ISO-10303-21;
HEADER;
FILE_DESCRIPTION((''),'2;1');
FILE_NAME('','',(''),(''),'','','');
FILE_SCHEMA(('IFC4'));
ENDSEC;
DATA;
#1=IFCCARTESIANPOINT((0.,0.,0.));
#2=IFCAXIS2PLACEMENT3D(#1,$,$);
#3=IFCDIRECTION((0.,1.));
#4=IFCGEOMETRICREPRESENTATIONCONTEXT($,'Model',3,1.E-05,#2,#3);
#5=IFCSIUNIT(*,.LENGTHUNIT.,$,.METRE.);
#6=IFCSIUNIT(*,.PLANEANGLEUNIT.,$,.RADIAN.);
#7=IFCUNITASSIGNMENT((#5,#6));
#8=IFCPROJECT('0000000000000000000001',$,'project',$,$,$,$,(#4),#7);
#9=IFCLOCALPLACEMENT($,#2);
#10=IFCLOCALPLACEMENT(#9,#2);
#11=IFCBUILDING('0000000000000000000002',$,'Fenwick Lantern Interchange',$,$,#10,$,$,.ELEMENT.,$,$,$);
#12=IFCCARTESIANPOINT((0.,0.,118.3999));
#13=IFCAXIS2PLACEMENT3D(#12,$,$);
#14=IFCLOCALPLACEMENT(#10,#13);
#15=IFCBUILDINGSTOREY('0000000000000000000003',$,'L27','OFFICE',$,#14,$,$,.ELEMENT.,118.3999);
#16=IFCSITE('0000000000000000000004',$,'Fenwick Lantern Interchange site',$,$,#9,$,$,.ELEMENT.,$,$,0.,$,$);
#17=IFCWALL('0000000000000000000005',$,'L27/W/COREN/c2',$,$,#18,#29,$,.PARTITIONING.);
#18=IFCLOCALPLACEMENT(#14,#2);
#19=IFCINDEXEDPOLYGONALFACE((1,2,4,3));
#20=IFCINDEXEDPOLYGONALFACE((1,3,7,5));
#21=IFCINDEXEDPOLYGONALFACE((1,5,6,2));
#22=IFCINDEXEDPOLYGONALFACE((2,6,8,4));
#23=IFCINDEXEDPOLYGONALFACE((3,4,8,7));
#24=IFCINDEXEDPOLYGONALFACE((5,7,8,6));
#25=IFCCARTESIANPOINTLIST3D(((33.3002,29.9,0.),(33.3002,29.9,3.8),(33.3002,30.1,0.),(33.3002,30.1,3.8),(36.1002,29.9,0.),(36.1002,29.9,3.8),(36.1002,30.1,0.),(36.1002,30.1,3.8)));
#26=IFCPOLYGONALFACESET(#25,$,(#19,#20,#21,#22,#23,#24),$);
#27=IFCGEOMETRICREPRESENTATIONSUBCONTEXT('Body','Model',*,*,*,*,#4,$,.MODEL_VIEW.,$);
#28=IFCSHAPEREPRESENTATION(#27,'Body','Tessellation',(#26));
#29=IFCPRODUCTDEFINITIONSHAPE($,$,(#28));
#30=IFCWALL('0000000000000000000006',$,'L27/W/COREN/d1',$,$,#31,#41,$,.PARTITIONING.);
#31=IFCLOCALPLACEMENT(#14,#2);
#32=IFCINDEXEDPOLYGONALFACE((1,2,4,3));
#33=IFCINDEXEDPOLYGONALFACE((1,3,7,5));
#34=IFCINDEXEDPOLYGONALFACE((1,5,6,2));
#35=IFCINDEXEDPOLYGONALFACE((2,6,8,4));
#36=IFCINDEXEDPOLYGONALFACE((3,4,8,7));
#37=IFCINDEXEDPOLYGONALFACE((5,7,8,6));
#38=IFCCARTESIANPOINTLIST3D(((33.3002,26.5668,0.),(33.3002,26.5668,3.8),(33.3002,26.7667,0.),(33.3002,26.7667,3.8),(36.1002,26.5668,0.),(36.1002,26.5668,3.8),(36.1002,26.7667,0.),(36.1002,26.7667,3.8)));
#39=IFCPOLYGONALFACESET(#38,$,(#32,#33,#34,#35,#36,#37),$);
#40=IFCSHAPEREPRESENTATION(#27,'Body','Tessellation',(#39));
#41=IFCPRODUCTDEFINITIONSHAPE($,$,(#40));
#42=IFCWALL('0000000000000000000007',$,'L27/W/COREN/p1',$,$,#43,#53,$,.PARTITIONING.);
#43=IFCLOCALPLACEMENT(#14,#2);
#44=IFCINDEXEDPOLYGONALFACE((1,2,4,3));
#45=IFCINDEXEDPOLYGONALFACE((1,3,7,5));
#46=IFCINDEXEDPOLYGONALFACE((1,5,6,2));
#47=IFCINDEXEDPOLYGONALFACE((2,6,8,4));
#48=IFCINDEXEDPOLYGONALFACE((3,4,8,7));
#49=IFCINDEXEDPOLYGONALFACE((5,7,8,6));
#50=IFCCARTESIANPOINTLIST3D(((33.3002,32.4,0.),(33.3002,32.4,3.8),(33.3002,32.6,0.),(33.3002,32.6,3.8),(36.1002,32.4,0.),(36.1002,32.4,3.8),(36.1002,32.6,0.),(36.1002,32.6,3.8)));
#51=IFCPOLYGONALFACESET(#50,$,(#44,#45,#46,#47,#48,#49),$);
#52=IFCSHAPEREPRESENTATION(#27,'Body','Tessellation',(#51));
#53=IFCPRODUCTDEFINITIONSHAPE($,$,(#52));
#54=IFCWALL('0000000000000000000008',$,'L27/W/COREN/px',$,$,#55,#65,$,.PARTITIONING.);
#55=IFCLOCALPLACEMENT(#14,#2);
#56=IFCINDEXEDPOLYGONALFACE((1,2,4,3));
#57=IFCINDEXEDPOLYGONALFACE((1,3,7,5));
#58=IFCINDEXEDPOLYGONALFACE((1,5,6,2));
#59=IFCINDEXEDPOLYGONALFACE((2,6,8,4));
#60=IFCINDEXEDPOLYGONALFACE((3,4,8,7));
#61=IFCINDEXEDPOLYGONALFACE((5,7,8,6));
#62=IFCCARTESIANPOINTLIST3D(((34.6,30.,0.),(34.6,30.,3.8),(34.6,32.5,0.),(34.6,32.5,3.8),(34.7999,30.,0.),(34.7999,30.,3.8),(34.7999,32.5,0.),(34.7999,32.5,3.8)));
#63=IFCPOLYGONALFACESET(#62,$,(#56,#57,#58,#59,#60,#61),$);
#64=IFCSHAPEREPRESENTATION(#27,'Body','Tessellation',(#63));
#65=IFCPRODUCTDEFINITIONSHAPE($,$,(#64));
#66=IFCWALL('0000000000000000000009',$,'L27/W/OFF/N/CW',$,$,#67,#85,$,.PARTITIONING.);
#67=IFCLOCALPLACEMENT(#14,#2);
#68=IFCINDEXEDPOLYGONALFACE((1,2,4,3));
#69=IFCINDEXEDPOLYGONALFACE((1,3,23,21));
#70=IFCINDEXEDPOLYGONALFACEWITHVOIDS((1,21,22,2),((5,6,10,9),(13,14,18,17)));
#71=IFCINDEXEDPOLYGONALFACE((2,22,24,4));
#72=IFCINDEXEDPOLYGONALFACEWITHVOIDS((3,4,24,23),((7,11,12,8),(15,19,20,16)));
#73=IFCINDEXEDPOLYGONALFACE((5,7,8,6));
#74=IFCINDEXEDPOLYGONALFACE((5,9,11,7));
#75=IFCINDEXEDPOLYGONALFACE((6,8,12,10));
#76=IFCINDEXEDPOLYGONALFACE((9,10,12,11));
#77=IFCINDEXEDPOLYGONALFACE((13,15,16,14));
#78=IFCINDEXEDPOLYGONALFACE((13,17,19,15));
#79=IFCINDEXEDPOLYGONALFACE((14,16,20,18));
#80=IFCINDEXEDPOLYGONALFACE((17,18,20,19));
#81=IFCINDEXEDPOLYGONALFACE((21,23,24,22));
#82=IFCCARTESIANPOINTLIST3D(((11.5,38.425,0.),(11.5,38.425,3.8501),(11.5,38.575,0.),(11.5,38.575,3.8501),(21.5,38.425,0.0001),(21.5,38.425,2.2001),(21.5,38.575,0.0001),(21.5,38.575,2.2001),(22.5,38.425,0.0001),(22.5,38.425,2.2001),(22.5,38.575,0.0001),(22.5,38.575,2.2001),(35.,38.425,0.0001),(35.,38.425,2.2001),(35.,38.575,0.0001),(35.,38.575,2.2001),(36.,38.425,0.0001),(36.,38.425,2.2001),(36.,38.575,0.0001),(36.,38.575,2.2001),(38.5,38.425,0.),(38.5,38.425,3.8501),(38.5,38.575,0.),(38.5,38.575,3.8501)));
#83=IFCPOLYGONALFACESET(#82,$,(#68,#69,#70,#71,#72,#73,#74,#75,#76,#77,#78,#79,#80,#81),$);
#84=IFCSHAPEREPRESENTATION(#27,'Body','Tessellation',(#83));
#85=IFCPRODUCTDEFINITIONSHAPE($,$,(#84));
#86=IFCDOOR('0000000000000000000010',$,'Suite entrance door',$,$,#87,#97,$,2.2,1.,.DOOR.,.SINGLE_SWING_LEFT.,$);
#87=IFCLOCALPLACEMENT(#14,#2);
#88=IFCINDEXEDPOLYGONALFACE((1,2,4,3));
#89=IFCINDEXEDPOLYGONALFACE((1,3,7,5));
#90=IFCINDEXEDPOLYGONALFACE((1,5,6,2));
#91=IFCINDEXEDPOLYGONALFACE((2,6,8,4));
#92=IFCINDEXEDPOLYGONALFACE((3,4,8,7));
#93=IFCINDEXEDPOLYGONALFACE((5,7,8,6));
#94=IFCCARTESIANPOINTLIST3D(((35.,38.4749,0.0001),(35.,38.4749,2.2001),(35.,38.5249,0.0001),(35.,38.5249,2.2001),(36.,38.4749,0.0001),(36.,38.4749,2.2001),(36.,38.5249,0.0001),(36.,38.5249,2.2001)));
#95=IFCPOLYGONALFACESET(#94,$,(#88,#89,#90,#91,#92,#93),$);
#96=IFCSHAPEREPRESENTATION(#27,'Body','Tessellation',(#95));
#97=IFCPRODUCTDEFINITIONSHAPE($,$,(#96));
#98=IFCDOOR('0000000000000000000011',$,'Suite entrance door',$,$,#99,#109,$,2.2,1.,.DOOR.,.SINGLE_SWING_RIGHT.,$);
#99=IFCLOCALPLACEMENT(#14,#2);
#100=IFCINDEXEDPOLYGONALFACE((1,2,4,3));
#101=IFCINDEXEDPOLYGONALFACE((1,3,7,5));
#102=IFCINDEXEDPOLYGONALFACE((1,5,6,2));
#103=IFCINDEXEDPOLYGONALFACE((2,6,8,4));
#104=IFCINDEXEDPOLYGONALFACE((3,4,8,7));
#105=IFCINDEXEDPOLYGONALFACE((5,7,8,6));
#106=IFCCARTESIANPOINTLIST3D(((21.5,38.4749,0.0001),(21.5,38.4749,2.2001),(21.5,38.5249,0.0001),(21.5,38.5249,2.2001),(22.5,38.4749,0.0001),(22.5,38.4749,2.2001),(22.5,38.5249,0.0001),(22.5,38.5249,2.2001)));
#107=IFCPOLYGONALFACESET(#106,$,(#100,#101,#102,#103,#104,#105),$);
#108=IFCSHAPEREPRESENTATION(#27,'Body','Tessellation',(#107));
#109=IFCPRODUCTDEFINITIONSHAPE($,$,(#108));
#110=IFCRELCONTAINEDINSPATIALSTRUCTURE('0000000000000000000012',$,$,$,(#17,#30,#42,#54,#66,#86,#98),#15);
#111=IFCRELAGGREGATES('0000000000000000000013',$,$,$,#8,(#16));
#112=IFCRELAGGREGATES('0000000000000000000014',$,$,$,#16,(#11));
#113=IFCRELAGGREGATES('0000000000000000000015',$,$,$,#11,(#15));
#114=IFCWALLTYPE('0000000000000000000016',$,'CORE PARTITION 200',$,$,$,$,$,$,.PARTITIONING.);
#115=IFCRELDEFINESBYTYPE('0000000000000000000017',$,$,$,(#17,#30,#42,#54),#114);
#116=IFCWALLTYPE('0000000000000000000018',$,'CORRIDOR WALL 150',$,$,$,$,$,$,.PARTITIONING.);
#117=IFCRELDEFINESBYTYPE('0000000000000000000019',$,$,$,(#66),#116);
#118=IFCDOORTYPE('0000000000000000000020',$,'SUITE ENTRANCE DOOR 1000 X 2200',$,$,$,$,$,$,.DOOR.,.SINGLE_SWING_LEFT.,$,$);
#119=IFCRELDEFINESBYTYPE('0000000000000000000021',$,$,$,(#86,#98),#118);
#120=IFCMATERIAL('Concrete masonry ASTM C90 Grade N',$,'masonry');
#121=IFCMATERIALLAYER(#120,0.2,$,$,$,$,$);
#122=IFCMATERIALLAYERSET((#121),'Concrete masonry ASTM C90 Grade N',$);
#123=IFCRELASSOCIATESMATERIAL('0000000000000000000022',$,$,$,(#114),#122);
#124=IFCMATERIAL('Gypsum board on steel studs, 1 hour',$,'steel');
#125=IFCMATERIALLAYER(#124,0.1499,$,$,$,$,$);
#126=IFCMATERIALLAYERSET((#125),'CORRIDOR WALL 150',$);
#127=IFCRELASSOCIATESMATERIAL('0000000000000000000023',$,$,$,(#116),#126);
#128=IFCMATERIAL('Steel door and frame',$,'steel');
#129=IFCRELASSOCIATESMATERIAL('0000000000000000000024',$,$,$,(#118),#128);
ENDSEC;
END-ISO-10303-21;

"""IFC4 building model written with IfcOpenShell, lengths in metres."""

from ifc_helpers import new_model, si_unit, direction, frame, frame_2d, origin, place, context, subcontext, project, spatial, rectangle, extrude, material, layer, layer_set, type_object, element, fill, save


model = new_model("IFC4")

# Units and contexts
model_context = context("Model", 3, precision=1e-05, world=origin(), true_north=direction((0.0, 1.0)))
body_context = subcontext(model_context, "Body", "Model", "MODEL_VIEW")
ifc_project = project(units=[si_unit("LENGTHUNIT", "METRE"), si_unit("PLANEANGLEUNIT", "RADIAN")], contexts=[model_context])

# Site, building, storey
site_placement = place(None, origin())
site = spatial("IfcSite", under=ifc_project, at=site_placement, Name="Fenwick Lantern Interchange site", CompositionType="ELEMENT", RefElevation=0.0)
building_placement = place(site_placement, origin())
building = spatial("IfcBuilding", under=site, at=building_placement, Name="Fenwick Lantern Interchange", CompositionType="ELEMENT")
storey_placement = place(building_placement, frame((0.0, 0.0, 118.3999)))
storey = spatial("IfcBuildingStorey", under=building, at=storey_placement, Name="L27", Description="OFFICE", CompositionType="ELEMENT", Elevation=118.3999)

# Shared definitions
ifc_material_1 = material(Name="Concrete masonry ASTM C90 Grade N", Category="masonry")
ifc_layer_1 = layer(ifc_material_1, 0.2)
ifc_layer_set_1 = layer_set([ifc_layer_1], Name="Concrete masonry ASTM C90 Grade N")
wall_type_1 = type_object("IfcWallType", Name="CORE PARTITION 200", PredefinedType="PARTITIONING", material=ifc_layer_set_1)
ifc_material_2 = material(Name="Steel door and frame", Category="steel")

# Walls
for number, where, z_axis, x_axis, name in (
    (1, (36.1001, 30.0, 0.0), (0.0, 0.0, 1.0), (-1.0, 0.0, 0.0), "L27/W/COREN/c2"),
    (2, (36.1001, 26.6667, 0.0), (0.0, 0.0, 1.0), (-1.0, 0.0, 0.0), "L27/W/COREN/d1"),
    (3, (36.1001, 32.5, 0.0), (0.0, 0.0, 1.0), (-1.0, 0.0, 0.0), "L27/W/COREN/p1"),
):
    element("IfcWall", number, at=place(storey_placement, frame(where, z_axis=z_axis, x_axis=x_axis)), inside=storey, type_object=wall_type_1, Name=name, PredefinedType="PARTITIONING", context=body_context, shape_type="SweptSolid", body=[
        extrude(rectangle(XDim=2.8, YDim=0.2, at=frame_2d((1.3999, 0.0))), origin(), (0.0, 0.0, 1.0), 3.8),
    ])
wall_1_placement = place(storey_placement, frame((34.7, 32.5, 0.0), z_axis=(0.0, 0.0, 1.0), x_axis=(0.0, -1.0, 0.0)))
element("IfcWall", 4, at=wall_1_placement, inside=storey, type_object=wall_type_1, Name="L27/W/COREN/px", PredefinedType="PARTITIONING", context=body_context, shape_type="SweptSolid", body=[
    extrude(rectangle(XDim=2.5, YDim=0.2, at=frame_2d((1.25, 0.0))), origin(), (0.0, 0.0, 1.0), 3.8),
])

# Wall, openings, doors
ifc_material_3 = material(Name="Gypsum board on steel studs, 1 hour", Category="steel")
ifc_layer_2 = layer(ifc_material_3, 0.1499)
ifc_layer_set_2 = layer_set([ifc_layer_2], Name="CORRIDOR WALL 150")
wall_type_2 = type_object("IfcWallType", Name="CORRIDOR WALL 150", PredefinedType="PARTITIONING", material=ifc_layer_set_2)
wall_2_placement = place(storey_placement, frame((38.5, 38.5, 0.0), z_axis=(0.0, 0.0, 1.0), x_axis=(-1.0, 0.0, 0.0)))
wall_2 = element("IfcWall", 5, at=wall_2_placement, inside=storey, type_object=wall_type_2, Name="L27/W/OFF/N/CW", PredefinedType="PARTITIONING", context=body_context, shape_type="SweptSolid", body=[
    extrude(rectangle(XDim=27.0, YDim=0.1499, at=frame_2d((13.5, 0.0))), origin(), (0.0, 0.0, 1.0), 3.8501),
])
opening_1_placement = place(wall_2_placement, frame((2.5, 0.0, 0.0)))
opening_1 = element("IfcOpeningElement", 6, at=opening_1_placement, cuts=wall_2, PredefinedType="OPENING", context=body_context, shape_type="SweptSolid", body=[
    extrude(rectangle(XDim=1.0, YDim=2.2, at=frame_2d((0.5, 1.1001))), frame((0.0, 0.085, 0.0), z_axis=(0.0, -1.0, 0.0), x_axis=(1.0, 0.0, 0.0)), (0.0, 0.0, 1.0), 0.1699),
])
opening_2_placement = place(wall_2_placement, frame((16.0, 0.0, 0.0)))
opening_2 = element("IfcOpeningElement", 7, at=opening_2_placement, cuts=wall_2, PredefinedType="OPENING", context=body_context, shape_type="SweptSolid", body=[
    extrude(rectangle(XDim=1.0, YDim=2.2, at=frame_2d((0.5, 1.1001))), frame((0.0, 0.085, 0.0), z_axis=(0.0, -1.0, 0.0), x_axis=(1.0, 0.0, 0.0)), (0.0, 0.0, 1.0), 0.1699),
])
door_type_1 = type_object("IfcDoorType", Name="SUITE ENTRANCE DOOR 1000 X 2200", OperationType="SINGLE_SWING_LEFT", PredefinedType="DOOR", material=ifc_material_2)
door_1_placement = place(opening_1_placement, frame((1.0, 0.0, 0.0), z_axis=(0.0, 0.0, 1.0), x_axis=(-1.0, 0.0, 0.0)))
door_1 = element("IfcDoor", 8, at=door_1_placement, inside=storey, type_object=door_type_1, Name="Suite entrance door", OperationType="SINGLE_SWING_LEFT", OverallHeight=2.2, OverallWidth=1.0, PredefinedType="DOOR", context=body_context, shape_type="SweptSolid", body=[
    extrude(rectangle(XDim=1.0, YDim=2.2, at=frame_2d((0.5, 1.1001))), frame((0.0, 0.0249, 0.0), z_axis=(0.0, -1.0, 0.0), x_axis=(1.0, 0.0, 0.0)), (0.0, 0.0, 1.0), 0.05),
])
fill(opening_1, door_1)
door_2_placement = place(opening_2_placement, frame((1.0, 0.0, 0.0), z_axis=(0.0, 0.0, 1.0), x_axis=(-1.0, 0.0, 0.0)))
door_2 = element("IfcDoor", 9, at=door_2_placement, inside=storey, type_object=door_type_1, Name="Suite entrance door", OperationType="SINGLE_SWING_RIGHT", OverallHeight=2.2, OverallWidth=1.0, PredefinedType="DOOR", context=body_context, shape_type="SweptSolid", body=[
    extrude(rectangle(XDim=1.0, YDim=2.2, at=frame_2d((0.5, 1.1001))), frame((0.0, 0.0249, 0.0), z_axis=(0.0, -1.0, 0.0), x_axis=(1.0, 0.0, 0.0)), (0.0, 0.0, 1.0), 0.05),
])
fill(opening_2, door_2)

save(model, "model.ifc")
